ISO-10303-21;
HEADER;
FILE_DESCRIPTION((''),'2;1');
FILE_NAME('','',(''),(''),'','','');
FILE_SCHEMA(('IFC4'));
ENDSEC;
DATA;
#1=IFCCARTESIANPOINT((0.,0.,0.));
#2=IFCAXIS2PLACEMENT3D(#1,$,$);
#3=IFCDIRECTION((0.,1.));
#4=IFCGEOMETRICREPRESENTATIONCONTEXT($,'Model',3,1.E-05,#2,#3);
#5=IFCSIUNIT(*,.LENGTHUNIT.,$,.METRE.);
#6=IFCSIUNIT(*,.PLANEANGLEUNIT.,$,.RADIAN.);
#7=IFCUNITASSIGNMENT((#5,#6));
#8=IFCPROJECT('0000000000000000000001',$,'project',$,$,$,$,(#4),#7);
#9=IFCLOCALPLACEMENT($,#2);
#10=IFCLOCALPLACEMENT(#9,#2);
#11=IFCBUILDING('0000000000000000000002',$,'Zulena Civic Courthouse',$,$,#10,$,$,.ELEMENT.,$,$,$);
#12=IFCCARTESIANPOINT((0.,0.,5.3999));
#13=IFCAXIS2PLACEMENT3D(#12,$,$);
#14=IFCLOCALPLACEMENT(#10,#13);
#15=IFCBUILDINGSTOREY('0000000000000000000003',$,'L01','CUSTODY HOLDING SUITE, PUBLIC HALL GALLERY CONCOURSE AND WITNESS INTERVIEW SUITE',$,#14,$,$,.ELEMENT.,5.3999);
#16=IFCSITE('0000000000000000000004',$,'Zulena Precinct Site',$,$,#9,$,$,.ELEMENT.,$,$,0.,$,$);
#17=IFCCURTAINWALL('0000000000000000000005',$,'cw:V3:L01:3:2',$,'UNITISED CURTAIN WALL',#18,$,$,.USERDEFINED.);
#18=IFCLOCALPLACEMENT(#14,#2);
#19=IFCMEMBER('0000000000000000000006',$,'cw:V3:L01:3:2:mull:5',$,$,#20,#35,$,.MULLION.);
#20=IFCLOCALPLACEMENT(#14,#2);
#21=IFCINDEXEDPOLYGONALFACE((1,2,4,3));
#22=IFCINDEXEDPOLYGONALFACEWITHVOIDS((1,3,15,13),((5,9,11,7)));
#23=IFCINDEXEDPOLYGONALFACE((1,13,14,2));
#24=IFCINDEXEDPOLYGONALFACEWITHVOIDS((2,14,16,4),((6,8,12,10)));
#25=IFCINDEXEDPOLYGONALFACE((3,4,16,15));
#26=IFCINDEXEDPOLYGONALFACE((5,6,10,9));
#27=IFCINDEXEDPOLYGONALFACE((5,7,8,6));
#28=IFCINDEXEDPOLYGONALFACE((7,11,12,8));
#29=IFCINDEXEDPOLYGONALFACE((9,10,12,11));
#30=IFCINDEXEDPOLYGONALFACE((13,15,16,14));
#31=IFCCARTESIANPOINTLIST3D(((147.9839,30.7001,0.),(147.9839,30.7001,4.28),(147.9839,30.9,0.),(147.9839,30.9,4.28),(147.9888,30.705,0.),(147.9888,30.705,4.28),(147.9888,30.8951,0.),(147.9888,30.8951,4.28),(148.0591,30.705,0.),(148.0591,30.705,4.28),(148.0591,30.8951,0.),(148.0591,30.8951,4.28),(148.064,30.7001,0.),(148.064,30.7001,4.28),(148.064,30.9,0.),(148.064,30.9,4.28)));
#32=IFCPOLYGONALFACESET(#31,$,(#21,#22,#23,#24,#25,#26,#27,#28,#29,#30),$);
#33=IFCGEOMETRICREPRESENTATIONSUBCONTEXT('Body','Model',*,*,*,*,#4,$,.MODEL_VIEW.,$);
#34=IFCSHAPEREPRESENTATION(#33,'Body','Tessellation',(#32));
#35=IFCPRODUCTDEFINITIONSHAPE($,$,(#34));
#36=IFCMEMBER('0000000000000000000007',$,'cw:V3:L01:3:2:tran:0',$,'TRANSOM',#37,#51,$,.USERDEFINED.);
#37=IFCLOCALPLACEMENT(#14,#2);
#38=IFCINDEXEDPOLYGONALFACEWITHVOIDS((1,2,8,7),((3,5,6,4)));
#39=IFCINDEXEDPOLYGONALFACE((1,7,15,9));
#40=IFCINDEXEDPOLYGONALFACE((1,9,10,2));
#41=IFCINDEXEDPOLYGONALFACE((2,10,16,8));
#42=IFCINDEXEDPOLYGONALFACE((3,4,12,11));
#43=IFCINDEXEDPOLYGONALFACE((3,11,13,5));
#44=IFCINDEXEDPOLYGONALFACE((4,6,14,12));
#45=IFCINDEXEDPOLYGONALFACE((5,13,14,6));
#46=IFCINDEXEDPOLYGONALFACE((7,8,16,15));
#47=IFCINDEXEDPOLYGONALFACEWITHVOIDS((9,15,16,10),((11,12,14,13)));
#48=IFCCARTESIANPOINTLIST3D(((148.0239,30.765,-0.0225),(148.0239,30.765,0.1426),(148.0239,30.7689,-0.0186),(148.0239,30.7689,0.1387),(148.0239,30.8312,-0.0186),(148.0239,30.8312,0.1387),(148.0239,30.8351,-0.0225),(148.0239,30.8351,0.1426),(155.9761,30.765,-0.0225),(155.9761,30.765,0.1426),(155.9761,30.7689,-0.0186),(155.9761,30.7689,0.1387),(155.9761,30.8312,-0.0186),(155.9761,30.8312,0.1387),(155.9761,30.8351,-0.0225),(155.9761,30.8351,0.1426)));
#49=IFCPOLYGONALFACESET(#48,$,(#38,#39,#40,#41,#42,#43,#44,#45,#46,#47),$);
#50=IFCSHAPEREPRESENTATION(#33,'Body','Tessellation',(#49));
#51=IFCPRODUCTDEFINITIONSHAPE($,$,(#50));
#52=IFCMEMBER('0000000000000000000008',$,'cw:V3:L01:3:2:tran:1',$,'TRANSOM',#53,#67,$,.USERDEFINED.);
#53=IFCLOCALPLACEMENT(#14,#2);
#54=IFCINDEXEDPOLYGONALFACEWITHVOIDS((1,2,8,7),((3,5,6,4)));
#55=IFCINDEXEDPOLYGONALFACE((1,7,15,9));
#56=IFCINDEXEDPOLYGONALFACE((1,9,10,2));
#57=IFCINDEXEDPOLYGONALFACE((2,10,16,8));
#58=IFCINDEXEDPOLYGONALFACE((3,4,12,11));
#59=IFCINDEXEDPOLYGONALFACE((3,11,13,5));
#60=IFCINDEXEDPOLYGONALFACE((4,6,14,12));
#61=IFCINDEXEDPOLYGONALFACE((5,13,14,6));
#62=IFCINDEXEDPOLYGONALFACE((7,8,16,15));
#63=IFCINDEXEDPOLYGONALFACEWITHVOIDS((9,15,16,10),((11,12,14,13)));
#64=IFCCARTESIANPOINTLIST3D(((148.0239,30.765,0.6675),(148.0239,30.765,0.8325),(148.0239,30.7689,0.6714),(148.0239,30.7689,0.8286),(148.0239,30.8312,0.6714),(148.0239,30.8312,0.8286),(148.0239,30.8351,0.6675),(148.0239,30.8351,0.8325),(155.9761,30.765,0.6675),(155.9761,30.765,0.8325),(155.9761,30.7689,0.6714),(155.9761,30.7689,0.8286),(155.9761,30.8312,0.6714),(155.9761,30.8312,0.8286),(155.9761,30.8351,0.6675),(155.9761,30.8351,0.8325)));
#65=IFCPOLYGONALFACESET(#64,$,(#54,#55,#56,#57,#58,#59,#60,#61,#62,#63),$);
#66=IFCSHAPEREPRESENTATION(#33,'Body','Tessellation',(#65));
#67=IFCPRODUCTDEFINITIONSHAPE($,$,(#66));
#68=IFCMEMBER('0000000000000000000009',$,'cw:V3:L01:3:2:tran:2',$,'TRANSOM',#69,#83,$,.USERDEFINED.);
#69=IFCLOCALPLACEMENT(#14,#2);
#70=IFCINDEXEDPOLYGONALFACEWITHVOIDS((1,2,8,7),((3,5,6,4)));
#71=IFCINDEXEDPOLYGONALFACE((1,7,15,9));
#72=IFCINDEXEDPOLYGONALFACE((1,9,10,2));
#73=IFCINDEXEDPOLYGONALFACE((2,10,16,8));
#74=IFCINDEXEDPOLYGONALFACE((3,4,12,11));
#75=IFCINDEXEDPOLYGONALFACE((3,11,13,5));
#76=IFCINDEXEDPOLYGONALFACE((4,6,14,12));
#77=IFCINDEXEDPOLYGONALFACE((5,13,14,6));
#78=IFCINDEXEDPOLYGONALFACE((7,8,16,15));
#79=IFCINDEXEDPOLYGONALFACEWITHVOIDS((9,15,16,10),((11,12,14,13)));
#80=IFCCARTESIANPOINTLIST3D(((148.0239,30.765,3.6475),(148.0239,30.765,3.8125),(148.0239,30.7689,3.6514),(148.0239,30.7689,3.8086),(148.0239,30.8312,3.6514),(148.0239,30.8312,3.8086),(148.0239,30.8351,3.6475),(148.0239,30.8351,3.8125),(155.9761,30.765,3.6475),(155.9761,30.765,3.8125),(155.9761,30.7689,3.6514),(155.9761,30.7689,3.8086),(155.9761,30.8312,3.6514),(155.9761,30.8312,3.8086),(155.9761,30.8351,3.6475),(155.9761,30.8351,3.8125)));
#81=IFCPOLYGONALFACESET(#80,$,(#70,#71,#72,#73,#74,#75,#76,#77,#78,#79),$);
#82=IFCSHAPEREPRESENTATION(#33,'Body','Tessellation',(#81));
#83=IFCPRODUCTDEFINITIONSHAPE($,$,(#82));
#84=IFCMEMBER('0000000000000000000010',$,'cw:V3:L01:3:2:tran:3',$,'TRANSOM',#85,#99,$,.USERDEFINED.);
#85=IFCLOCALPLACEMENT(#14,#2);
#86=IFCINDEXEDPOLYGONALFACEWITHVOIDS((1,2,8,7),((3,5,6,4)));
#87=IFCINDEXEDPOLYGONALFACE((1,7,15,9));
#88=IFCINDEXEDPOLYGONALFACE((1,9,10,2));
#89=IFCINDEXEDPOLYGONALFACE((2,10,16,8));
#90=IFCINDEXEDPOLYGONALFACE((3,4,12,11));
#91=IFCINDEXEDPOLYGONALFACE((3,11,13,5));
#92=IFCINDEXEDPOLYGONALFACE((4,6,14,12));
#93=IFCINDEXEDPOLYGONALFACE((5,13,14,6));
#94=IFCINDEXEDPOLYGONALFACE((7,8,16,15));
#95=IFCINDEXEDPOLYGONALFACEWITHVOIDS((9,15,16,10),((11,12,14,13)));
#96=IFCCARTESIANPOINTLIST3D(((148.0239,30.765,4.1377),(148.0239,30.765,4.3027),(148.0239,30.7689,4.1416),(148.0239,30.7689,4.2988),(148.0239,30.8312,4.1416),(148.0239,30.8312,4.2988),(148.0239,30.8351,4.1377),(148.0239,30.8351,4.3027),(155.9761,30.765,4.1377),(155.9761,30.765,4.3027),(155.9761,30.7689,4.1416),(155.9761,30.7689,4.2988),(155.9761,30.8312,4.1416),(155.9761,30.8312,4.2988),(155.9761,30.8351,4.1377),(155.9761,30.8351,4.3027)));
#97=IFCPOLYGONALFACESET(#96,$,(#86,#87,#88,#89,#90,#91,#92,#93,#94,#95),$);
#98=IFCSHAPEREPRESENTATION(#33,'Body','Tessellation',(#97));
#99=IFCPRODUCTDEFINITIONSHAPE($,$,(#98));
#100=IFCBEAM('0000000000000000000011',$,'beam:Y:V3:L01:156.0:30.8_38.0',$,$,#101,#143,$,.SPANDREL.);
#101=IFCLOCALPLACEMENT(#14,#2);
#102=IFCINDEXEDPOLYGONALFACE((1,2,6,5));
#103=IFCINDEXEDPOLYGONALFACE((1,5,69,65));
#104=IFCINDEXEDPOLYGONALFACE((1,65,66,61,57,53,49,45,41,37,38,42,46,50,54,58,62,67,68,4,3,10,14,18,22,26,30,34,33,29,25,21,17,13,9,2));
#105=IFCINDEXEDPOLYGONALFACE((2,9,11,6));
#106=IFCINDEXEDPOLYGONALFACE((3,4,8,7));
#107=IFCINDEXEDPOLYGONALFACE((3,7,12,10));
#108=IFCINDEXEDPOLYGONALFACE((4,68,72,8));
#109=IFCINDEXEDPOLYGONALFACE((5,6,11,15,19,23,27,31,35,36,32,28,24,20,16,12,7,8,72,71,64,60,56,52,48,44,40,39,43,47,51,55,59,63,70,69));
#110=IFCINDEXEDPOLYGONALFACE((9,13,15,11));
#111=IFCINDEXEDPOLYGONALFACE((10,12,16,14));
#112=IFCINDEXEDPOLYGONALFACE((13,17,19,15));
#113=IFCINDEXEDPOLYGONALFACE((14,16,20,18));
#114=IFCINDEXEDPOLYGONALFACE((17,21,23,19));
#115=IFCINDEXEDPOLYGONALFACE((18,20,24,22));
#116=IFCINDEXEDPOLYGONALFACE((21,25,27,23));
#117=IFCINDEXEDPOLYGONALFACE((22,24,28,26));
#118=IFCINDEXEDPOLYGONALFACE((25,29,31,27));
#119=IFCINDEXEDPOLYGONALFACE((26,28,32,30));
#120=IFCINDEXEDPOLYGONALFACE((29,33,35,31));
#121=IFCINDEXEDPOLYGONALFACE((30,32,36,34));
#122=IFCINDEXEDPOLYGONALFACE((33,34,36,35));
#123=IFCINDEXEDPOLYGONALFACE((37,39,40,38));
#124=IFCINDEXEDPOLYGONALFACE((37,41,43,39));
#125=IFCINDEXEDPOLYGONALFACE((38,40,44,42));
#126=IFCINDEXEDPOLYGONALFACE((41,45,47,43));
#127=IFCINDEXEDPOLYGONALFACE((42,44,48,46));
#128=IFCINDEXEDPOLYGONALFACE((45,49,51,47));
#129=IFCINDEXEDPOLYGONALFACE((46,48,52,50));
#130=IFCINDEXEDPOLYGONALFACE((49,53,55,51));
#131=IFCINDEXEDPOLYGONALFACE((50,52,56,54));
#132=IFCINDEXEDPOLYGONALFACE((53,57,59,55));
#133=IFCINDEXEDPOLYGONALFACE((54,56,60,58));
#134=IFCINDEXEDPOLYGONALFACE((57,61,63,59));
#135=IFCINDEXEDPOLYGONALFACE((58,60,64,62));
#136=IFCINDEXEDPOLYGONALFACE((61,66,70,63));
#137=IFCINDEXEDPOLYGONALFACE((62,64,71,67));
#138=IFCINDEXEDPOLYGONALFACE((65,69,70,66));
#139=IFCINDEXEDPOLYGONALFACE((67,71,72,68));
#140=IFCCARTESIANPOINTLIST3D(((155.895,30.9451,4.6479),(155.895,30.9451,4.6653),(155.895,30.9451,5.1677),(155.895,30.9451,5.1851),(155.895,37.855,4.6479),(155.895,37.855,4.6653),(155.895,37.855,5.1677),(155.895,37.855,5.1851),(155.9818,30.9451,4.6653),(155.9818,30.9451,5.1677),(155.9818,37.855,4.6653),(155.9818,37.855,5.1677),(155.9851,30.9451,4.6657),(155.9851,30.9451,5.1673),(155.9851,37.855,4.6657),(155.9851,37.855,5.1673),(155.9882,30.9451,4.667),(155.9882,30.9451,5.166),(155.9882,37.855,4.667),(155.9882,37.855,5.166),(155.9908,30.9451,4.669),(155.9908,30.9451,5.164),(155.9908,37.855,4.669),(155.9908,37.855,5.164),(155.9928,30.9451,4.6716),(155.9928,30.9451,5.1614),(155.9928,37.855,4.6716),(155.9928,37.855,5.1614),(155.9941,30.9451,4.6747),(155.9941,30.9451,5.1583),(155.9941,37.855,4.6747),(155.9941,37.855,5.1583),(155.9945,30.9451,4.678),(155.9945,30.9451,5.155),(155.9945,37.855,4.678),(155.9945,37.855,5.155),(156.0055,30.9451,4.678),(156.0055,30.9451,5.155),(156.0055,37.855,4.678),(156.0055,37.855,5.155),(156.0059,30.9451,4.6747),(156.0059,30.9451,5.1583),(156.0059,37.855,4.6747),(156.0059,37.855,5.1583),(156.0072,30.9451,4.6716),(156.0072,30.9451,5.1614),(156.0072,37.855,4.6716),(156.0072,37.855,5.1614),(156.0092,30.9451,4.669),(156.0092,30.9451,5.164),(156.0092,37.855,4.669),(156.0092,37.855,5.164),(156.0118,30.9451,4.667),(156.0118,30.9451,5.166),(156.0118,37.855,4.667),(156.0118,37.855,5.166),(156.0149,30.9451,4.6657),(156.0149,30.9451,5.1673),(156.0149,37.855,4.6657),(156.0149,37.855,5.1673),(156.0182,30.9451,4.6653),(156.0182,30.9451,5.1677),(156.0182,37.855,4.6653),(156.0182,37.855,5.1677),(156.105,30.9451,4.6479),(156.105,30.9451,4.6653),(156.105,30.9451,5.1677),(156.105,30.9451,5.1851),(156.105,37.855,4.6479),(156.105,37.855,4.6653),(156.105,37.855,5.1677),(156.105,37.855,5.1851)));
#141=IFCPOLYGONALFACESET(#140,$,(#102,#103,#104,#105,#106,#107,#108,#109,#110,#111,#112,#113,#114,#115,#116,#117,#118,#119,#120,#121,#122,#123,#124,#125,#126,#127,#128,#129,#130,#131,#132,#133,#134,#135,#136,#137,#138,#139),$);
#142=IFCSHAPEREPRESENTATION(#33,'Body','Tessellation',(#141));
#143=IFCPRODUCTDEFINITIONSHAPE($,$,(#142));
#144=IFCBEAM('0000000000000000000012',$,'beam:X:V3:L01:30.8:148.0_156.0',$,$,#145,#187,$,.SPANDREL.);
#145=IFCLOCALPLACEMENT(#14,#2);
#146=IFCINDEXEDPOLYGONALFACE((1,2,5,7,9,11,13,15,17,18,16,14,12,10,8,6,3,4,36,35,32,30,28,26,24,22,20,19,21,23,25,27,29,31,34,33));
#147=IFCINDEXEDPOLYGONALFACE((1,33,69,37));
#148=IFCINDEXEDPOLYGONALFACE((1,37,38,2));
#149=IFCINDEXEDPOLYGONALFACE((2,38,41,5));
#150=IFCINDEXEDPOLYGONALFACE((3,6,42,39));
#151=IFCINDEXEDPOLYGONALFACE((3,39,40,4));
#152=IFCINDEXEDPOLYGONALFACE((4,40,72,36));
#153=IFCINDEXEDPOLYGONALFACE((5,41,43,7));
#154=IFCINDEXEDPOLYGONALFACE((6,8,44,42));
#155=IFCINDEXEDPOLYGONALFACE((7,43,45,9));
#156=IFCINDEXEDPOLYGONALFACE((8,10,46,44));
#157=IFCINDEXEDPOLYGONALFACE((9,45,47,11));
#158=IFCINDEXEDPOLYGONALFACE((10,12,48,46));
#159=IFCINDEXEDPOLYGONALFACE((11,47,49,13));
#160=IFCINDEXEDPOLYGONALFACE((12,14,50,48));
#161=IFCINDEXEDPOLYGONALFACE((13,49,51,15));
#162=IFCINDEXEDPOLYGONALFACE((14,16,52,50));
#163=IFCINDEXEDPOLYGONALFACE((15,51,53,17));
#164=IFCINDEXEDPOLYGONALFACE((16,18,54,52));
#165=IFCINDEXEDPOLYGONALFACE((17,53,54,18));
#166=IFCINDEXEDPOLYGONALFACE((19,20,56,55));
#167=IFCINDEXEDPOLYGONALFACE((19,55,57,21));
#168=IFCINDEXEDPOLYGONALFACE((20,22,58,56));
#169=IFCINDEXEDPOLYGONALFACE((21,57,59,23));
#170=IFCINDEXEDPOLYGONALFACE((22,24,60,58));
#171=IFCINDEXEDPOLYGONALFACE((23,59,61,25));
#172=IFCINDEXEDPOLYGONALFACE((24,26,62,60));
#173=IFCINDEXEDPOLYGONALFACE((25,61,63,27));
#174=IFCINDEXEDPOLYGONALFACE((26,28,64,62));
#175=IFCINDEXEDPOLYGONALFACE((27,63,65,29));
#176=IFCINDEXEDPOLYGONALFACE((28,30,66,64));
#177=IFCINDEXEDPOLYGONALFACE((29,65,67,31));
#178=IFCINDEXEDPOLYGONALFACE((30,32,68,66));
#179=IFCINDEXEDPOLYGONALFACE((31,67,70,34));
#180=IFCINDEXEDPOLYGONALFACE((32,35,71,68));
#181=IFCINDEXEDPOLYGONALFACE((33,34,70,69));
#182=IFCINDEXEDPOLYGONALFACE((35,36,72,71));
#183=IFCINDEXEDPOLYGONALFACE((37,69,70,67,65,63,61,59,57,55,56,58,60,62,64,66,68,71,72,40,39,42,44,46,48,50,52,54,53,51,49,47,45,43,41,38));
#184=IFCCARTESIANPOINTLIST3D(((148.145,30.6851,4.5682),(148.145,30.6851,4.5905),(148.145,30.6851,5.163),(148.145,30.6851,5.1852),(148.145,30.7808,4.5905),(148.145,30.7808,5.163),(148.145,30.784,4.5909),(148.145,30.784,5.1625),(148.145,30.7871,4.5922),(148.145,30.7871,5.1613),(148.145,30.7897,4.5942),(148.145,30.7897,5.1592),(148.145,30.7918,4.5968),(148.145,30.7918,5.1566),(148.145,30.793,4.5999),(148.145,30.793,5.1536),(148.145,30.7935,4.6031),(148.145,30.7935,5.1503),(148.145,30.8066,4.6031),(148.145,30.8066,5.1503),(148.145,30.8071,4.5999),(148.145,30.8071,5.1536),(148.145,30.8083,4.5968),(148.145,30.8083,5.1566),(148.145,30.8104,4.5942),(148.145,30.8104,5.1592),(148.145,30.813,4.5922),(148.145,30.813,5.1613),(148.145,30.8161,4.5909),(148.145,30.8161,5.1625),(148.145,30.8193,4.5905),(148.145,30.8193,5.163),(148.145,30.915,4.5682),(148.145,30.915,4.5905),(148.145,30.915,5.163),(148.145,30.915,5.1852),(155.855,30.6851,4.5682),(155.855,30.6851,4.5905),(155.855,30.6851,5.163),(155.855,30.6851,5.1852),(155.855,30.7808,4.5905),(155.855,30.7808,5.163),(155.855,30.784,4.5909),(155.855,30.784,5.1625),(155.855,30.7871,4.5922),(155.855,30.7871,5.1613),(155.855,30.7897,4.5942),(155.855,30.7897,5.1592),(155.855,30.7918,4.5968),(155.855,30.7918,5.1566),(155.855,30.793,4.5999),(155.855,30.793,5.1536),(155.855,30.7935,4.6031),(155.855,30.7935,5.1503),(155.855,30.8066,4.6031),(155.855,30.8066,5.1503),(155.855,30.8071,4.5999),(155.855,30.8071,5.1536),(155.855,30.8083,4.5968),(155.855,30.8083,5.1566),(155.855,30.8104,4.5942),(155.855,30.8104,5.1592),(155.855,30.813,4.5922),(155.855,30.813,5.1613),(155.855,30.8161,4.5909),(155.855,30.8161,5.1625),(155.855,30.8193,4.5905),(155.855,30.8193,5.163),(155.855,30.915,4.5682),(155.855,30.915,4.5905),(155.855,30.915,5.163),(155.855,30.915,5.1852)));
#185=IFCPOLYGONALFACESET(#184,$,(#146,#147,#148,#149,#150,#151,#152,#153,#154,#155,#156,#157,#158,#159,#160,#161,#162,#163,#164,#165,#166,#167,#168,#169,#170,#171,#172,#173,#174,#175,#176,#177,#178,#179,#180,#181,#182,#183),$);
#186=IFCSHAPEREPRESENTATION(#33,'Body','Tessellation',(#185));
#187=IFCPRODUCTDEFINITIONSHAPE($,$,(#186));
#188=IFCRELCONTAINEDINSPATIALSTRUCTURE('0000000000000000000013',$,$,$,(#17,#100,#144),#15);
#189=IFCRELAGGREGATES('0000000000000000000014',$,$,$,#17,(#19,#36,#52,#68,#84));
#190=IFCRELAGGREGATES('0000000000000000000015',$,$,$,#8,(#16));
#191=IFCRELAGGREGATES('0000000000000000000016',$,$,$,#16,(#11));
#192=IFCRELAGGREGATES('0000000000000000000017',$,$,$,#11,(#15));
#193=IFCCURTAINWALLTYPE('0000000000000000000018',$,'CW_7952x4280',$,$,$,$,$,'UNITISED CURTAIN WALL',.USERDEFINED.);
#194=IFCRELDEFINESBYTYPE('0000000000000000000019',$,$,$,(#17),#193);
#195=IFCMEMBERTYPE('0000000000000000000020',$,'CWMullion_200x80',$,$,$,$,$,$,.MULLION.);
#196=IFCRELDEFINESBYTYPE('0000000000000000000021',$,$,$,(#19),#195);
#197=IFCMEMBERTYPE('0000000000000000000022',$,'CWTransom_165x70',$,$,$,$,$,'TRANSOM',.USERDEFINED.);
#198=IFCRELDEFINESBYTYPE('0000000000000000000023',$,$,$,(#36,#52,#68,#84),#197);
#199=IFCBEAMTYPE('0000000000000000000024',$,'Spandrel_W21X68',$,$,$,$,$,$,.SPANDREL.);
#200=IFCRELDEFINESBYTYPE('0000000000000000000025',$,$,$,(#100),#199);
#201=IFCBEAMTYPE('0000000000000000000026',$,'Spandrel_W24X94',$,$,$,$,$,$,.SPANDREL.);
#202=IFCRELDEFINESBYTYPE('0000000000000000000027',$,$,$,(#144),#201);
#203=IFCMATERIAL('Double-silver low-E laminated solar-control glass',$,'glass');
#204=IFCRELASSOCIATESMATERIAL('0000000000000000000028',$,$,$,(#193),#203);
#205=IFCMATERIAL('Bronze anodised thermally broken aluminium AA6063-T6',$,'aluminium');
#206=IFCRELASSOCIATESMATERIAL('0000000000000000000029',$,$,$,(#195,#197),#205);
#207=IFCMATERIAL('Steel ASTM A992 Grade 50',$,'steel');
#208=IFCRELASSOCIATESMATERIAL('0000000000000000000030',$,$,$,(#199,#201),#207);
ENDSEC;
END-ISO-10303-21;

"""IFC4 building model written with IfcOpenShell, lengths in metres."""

from ifc_helpers import new_model, si_unit, direction, frame, origin, origin_2d, place, context, subcontext, project, spatial, hollow_rectangle, i_section, extrude, material, material_profile, profile_set, type_object, element, aggregate, save


model = new_model("IFC4")

# Units and contexts
model_context = context("Model", 3, precision=1e-05, world=origin(), true_north=direction((0.0, 1.0)))
body_context = subcontext(model_context, "Body", "Model", "MODEL_VIEW")
ifc_project = project(units=[si_unit("LENGTHUNIT", "METRE"), si_unit("PLANEANGLEUNIT", "RADIAN")], contexts=[model_context])

# Site, building, storey
site_placement = place(None, origin())
site = spatial("IfcSite", under=ifc_project, at=site_placement, Name="Zulena Precinct Site", CompositionType="ELEMENT", RefElevation=0.0)
building_placement = place(site_placement, origin())
building = spatial("IfcBuilding", under=site, at=building_placement, Name="Zulena Civic Courthouse", CompositionType="ELEMENT")
storey_placement = place(building_placement, frame((0.0, 0.0, 5.3999)))
storey = spatial("IfcBuildingStorey", under=building, at=storey_placement, Name="L01", Description="CUSTODY HOLDING SUITE, PUBLIC HALL GALLERY CONCOURSE AND WITNESS INTERVIEW SUITE", CompositionType="ELEMENT", Elevation=5.3999)

# Shared definitions
ifc_material_1 = material(Name="Steel ASTM A992 Grade 50", Category="steel")

# Curtain wall, members
ifc_material_2 = material(Name="Double-silver low-E laminated solar-control glass", Category="glass")
curtain_wall_type = type_object("IfcCurtainWallType", Name="CW_7952x4280", ElementType="UNITISED CURTAIN WALL", PredefinedType="USERDEFINED", material=ifc_material_2)
ifc_material_3 = material(Name="Bronze anodised thermally broken aluminium AA6063-T6", Category="aluminium")
ifc_material_profile_1 = material_profile(ifc_material_3, hollow_rectangle(XDim=0.0801, YDim=0.2, WallThickness=0.0049, at=origin_2d()), Name="CWM200X80X5")
ifc_profile_set_1 = profile_set([ifc_material_profile_1], Name="Bronze anodised thermally broken aluminium AA6063-T6")
member_type_1 = type_object("IfcMemberType", Name="CWMullion_200x80", PredefinedType="MULLION", material=ifc_profile_set_1)
curtain_wall_1_placement = place(storey_placement, origin())
curtain_wall_1 = element("IfcCurtainWall", 1, at=curtain_wall_1_placement, inside=storey, type_object=curtain_wall_type, Name="cw:V3:L01:3:2", ObjectType="UNITISED CURTAIN WALL", PredefinedType="USERDEFINED")
member_1_placement = place(storey_placement, frame((148.0239, 30.8, 0.0), z_axis=(0.0, 0.0, 1.0), x_axis=(1.0, 0.0, 0.0)))
member_1 = element("IfcMember", 2, at=member_1_placement, type_object=member_type_1, Name="cw:V3:L01:3:2:mull:5", PredefinedType="MULLION", context=body_context, shape_type="SweptSolid", body=[
    extrude(hollow_rectangle(XDim=0.0801, YDim=0.2, WallThickness=0.0049, at=origin_2d()), origin(), (0.0, 0.0, 1.0), 4.28),
])
ifc_material_profile_2 = material_profile(ifc_material_3, hollow_rectangle(XDim=0.0701, YDim=0.165, WallThickness=0.0039, at=origin_2d()), Name="CWT165X70X4")
ifc_profile_set_2 = profile_set([ifc_material_profile_2], Name="Bronze anodised thermally broken aluminium AA6063-T6")
member_type_2 = type_object("IfcMemberType", Name="CWTransom_165x70", ElementType="TRANSOM", PredefinedType="USERDEFINED", material=ifc_profile_set_2)
member_2_placement = place(storey_placement, frame((155.9761, 30.8, 0.0601), z_axis=(-1.0, 0.0, 0.0), x_axis=(0.0, -1.0, 0.0)))
member_2 = element("IfcMember", 3, at=member_2_placement, type_object=member_type_2, Name="cw:V3:L01:3:2:tran:0", ObjectType="TRANSOM", PredefinedType="USERDEFINED", context=body_context, shape_type="SweptSolid", body=[
    extrude(hollow_rectangle(XDim=0.0701, YDim=0.165, WallThickness=0.0039, at=origin_2d()), origin(), (0.0, 0.0, 1.0), 7.9521),
])
member_3_placement = place(storey_placement, frame((155.9761, 30.8, 0.75), z_axis=(-1.0, 0.0, 0.0), x_axis=(0.0, -1.0, 0.0)))
member_3 = element("IfcMember", 4, at=member_3_placement, type_object=member_type_2, Name="cw:V3:L01:3:2:tran:1", ObjectType="TRANSOM", PredefinedType="USERDEFINED", context=body_context, shape_type="SweptSolid", body=[
    extrude(hollow_rectangle(XDim=0.0701, YDim=0.165, WallThickness=0.0039, at=origin_2d()), origin(), (0.0, 0.0, 1.0), 7.9521),
])
member_4_placement = place(storey_placement, frame((155.9761, 30.8, 3.73), z_axis=(-1.0, 0.0, 0.0), x_axis=(0.0, -1.0, 0.0)))
member_4 = element("IfcMember", 5, at=member_4_placement, type_object=member_type_2, Name="cw:V3:L01:3:2:tran:2", ObjectType="TRANSOM", PredefinedType="USERDEFINED", context=body_context, shape_type="SweptSolid", body=[
    extrude(hollow_rectangle(XDim=0.0701, YDim=0.165, WallThickness=0.0039, at=origin_2d()), origin(), (0.0, 0.0, 1.0), 7.9521),
])
member_5_placement = place(storey_placement, frame((155.9761, 30.8, 4.2202), z_axis=(-1.0, 0.0, 0.0), x_axis=(0.0, -1.0, 0.0)))
member_5 = element("IfcMember", 6, at=member_5_placement, type_object=member_type_2, Name="cw:V3:L01:3:2:tran:3", ObjectType="TRANSOM", PredefinedType="USERDEFINED", context=body_context, shape_type="SweptSolid", body=[
    extrude(hollow_rectangle(XDim=0.0701, YDim=0.165, WallThickness=0.0039, at=origin_2d()), origin(), (0.0, 0.0, 1.0), 7.9521),
])

# Beams
ifc_material_profile_3 = material_profile(ifc_material_1, i_section(OverallWidth=0.21, OverallDepth=0.5371, WebThickness=0.011, FlangeThickness=0.0173, FilletRadius=0.0127, at=origin_2d()), Name="W21X68")
ifc_profile_set_3 = profile_set([ifc_material_profile_3], Name="Steel ASTM A992 Grade 50")
beam_type_1 = type_object("IfcBeamType", Name="Spandrel_W21X68", PredefinedType="SPANDREL", material=ifc_profile_set_3)
beam_placement = place(storey_placement, frame((156.0, 30.9451, 4.9165), z_axis=(0.0, 1.0, 0.0), x_axis=(-1.0, 0.0, 0.0)))
element("IfcBeam", 7, at=beam_placement, inside=storey, type_object=beam_type_1, Name="beam:Y:V3:L01:156.0:30.8_38.0", PredefinedType="SPANDREL", context=body_context, shape_type="SweptSolid", body=[
    extrude(i_section(OverallWidth=0.21, OverallDepth=0.5371, WebThickness=0.011, FlangeThickness=0.0173, FilletRadius=0.0127, at=origin_2d()), origin(), (0.0, 0.0, 1.0), 6.9099),
])
ifc_material_profile_4 = material_profile(ifc_material_1, i_section(OverallWidth=0.23, OverallDepth=0.6169, WebThickness=0.0132, FlangeThickness=0.0222, FilletRadius=0.0127, at=origin_2d()), Name="W24X94")
ifc_profile_set_4 = profile_set([ifc_material_profile_4], Name="Steel ASTM A992 Grade 50")
beam_type_2 = type_object("IfcBeamType", Name="Spandrel_W24X94", PredefinedType="SPANDREL", material=ifc_profile_set_4)
for number, where, z_axis, x_axis, name in (
    (8, (148.145, 30.8, 4.8767), (1.0, 0.0, 0.0), (0.0, 1.0, 0.0), "beam:X:V3:L01:30.8:148.0_156.0"),
):
    element("IfcBeam", number, at=place(storey_placement, frame(where, z_axis=z_axis, x_axis=x_axis)), inside=storey, type_object=beam_type_2, Name=name, PredefinedType="SPANDREL", context=body_context, shape_type="SweptSolid", body=[
        extrude(i_section(OverallWidth=0.23, OverallDepth=0.6169, WebThickness=0.0132, FlangeThickness=0.0222, FilletRadius=0.0127, at=origin_2d()), origin(), (0.0, 0.0, 1.0), 7.71),
    ])

aggregate(curtain_wall_1, [member_1, member_2, member_3, member_4, member_5])

save(model, "model.ifc")
